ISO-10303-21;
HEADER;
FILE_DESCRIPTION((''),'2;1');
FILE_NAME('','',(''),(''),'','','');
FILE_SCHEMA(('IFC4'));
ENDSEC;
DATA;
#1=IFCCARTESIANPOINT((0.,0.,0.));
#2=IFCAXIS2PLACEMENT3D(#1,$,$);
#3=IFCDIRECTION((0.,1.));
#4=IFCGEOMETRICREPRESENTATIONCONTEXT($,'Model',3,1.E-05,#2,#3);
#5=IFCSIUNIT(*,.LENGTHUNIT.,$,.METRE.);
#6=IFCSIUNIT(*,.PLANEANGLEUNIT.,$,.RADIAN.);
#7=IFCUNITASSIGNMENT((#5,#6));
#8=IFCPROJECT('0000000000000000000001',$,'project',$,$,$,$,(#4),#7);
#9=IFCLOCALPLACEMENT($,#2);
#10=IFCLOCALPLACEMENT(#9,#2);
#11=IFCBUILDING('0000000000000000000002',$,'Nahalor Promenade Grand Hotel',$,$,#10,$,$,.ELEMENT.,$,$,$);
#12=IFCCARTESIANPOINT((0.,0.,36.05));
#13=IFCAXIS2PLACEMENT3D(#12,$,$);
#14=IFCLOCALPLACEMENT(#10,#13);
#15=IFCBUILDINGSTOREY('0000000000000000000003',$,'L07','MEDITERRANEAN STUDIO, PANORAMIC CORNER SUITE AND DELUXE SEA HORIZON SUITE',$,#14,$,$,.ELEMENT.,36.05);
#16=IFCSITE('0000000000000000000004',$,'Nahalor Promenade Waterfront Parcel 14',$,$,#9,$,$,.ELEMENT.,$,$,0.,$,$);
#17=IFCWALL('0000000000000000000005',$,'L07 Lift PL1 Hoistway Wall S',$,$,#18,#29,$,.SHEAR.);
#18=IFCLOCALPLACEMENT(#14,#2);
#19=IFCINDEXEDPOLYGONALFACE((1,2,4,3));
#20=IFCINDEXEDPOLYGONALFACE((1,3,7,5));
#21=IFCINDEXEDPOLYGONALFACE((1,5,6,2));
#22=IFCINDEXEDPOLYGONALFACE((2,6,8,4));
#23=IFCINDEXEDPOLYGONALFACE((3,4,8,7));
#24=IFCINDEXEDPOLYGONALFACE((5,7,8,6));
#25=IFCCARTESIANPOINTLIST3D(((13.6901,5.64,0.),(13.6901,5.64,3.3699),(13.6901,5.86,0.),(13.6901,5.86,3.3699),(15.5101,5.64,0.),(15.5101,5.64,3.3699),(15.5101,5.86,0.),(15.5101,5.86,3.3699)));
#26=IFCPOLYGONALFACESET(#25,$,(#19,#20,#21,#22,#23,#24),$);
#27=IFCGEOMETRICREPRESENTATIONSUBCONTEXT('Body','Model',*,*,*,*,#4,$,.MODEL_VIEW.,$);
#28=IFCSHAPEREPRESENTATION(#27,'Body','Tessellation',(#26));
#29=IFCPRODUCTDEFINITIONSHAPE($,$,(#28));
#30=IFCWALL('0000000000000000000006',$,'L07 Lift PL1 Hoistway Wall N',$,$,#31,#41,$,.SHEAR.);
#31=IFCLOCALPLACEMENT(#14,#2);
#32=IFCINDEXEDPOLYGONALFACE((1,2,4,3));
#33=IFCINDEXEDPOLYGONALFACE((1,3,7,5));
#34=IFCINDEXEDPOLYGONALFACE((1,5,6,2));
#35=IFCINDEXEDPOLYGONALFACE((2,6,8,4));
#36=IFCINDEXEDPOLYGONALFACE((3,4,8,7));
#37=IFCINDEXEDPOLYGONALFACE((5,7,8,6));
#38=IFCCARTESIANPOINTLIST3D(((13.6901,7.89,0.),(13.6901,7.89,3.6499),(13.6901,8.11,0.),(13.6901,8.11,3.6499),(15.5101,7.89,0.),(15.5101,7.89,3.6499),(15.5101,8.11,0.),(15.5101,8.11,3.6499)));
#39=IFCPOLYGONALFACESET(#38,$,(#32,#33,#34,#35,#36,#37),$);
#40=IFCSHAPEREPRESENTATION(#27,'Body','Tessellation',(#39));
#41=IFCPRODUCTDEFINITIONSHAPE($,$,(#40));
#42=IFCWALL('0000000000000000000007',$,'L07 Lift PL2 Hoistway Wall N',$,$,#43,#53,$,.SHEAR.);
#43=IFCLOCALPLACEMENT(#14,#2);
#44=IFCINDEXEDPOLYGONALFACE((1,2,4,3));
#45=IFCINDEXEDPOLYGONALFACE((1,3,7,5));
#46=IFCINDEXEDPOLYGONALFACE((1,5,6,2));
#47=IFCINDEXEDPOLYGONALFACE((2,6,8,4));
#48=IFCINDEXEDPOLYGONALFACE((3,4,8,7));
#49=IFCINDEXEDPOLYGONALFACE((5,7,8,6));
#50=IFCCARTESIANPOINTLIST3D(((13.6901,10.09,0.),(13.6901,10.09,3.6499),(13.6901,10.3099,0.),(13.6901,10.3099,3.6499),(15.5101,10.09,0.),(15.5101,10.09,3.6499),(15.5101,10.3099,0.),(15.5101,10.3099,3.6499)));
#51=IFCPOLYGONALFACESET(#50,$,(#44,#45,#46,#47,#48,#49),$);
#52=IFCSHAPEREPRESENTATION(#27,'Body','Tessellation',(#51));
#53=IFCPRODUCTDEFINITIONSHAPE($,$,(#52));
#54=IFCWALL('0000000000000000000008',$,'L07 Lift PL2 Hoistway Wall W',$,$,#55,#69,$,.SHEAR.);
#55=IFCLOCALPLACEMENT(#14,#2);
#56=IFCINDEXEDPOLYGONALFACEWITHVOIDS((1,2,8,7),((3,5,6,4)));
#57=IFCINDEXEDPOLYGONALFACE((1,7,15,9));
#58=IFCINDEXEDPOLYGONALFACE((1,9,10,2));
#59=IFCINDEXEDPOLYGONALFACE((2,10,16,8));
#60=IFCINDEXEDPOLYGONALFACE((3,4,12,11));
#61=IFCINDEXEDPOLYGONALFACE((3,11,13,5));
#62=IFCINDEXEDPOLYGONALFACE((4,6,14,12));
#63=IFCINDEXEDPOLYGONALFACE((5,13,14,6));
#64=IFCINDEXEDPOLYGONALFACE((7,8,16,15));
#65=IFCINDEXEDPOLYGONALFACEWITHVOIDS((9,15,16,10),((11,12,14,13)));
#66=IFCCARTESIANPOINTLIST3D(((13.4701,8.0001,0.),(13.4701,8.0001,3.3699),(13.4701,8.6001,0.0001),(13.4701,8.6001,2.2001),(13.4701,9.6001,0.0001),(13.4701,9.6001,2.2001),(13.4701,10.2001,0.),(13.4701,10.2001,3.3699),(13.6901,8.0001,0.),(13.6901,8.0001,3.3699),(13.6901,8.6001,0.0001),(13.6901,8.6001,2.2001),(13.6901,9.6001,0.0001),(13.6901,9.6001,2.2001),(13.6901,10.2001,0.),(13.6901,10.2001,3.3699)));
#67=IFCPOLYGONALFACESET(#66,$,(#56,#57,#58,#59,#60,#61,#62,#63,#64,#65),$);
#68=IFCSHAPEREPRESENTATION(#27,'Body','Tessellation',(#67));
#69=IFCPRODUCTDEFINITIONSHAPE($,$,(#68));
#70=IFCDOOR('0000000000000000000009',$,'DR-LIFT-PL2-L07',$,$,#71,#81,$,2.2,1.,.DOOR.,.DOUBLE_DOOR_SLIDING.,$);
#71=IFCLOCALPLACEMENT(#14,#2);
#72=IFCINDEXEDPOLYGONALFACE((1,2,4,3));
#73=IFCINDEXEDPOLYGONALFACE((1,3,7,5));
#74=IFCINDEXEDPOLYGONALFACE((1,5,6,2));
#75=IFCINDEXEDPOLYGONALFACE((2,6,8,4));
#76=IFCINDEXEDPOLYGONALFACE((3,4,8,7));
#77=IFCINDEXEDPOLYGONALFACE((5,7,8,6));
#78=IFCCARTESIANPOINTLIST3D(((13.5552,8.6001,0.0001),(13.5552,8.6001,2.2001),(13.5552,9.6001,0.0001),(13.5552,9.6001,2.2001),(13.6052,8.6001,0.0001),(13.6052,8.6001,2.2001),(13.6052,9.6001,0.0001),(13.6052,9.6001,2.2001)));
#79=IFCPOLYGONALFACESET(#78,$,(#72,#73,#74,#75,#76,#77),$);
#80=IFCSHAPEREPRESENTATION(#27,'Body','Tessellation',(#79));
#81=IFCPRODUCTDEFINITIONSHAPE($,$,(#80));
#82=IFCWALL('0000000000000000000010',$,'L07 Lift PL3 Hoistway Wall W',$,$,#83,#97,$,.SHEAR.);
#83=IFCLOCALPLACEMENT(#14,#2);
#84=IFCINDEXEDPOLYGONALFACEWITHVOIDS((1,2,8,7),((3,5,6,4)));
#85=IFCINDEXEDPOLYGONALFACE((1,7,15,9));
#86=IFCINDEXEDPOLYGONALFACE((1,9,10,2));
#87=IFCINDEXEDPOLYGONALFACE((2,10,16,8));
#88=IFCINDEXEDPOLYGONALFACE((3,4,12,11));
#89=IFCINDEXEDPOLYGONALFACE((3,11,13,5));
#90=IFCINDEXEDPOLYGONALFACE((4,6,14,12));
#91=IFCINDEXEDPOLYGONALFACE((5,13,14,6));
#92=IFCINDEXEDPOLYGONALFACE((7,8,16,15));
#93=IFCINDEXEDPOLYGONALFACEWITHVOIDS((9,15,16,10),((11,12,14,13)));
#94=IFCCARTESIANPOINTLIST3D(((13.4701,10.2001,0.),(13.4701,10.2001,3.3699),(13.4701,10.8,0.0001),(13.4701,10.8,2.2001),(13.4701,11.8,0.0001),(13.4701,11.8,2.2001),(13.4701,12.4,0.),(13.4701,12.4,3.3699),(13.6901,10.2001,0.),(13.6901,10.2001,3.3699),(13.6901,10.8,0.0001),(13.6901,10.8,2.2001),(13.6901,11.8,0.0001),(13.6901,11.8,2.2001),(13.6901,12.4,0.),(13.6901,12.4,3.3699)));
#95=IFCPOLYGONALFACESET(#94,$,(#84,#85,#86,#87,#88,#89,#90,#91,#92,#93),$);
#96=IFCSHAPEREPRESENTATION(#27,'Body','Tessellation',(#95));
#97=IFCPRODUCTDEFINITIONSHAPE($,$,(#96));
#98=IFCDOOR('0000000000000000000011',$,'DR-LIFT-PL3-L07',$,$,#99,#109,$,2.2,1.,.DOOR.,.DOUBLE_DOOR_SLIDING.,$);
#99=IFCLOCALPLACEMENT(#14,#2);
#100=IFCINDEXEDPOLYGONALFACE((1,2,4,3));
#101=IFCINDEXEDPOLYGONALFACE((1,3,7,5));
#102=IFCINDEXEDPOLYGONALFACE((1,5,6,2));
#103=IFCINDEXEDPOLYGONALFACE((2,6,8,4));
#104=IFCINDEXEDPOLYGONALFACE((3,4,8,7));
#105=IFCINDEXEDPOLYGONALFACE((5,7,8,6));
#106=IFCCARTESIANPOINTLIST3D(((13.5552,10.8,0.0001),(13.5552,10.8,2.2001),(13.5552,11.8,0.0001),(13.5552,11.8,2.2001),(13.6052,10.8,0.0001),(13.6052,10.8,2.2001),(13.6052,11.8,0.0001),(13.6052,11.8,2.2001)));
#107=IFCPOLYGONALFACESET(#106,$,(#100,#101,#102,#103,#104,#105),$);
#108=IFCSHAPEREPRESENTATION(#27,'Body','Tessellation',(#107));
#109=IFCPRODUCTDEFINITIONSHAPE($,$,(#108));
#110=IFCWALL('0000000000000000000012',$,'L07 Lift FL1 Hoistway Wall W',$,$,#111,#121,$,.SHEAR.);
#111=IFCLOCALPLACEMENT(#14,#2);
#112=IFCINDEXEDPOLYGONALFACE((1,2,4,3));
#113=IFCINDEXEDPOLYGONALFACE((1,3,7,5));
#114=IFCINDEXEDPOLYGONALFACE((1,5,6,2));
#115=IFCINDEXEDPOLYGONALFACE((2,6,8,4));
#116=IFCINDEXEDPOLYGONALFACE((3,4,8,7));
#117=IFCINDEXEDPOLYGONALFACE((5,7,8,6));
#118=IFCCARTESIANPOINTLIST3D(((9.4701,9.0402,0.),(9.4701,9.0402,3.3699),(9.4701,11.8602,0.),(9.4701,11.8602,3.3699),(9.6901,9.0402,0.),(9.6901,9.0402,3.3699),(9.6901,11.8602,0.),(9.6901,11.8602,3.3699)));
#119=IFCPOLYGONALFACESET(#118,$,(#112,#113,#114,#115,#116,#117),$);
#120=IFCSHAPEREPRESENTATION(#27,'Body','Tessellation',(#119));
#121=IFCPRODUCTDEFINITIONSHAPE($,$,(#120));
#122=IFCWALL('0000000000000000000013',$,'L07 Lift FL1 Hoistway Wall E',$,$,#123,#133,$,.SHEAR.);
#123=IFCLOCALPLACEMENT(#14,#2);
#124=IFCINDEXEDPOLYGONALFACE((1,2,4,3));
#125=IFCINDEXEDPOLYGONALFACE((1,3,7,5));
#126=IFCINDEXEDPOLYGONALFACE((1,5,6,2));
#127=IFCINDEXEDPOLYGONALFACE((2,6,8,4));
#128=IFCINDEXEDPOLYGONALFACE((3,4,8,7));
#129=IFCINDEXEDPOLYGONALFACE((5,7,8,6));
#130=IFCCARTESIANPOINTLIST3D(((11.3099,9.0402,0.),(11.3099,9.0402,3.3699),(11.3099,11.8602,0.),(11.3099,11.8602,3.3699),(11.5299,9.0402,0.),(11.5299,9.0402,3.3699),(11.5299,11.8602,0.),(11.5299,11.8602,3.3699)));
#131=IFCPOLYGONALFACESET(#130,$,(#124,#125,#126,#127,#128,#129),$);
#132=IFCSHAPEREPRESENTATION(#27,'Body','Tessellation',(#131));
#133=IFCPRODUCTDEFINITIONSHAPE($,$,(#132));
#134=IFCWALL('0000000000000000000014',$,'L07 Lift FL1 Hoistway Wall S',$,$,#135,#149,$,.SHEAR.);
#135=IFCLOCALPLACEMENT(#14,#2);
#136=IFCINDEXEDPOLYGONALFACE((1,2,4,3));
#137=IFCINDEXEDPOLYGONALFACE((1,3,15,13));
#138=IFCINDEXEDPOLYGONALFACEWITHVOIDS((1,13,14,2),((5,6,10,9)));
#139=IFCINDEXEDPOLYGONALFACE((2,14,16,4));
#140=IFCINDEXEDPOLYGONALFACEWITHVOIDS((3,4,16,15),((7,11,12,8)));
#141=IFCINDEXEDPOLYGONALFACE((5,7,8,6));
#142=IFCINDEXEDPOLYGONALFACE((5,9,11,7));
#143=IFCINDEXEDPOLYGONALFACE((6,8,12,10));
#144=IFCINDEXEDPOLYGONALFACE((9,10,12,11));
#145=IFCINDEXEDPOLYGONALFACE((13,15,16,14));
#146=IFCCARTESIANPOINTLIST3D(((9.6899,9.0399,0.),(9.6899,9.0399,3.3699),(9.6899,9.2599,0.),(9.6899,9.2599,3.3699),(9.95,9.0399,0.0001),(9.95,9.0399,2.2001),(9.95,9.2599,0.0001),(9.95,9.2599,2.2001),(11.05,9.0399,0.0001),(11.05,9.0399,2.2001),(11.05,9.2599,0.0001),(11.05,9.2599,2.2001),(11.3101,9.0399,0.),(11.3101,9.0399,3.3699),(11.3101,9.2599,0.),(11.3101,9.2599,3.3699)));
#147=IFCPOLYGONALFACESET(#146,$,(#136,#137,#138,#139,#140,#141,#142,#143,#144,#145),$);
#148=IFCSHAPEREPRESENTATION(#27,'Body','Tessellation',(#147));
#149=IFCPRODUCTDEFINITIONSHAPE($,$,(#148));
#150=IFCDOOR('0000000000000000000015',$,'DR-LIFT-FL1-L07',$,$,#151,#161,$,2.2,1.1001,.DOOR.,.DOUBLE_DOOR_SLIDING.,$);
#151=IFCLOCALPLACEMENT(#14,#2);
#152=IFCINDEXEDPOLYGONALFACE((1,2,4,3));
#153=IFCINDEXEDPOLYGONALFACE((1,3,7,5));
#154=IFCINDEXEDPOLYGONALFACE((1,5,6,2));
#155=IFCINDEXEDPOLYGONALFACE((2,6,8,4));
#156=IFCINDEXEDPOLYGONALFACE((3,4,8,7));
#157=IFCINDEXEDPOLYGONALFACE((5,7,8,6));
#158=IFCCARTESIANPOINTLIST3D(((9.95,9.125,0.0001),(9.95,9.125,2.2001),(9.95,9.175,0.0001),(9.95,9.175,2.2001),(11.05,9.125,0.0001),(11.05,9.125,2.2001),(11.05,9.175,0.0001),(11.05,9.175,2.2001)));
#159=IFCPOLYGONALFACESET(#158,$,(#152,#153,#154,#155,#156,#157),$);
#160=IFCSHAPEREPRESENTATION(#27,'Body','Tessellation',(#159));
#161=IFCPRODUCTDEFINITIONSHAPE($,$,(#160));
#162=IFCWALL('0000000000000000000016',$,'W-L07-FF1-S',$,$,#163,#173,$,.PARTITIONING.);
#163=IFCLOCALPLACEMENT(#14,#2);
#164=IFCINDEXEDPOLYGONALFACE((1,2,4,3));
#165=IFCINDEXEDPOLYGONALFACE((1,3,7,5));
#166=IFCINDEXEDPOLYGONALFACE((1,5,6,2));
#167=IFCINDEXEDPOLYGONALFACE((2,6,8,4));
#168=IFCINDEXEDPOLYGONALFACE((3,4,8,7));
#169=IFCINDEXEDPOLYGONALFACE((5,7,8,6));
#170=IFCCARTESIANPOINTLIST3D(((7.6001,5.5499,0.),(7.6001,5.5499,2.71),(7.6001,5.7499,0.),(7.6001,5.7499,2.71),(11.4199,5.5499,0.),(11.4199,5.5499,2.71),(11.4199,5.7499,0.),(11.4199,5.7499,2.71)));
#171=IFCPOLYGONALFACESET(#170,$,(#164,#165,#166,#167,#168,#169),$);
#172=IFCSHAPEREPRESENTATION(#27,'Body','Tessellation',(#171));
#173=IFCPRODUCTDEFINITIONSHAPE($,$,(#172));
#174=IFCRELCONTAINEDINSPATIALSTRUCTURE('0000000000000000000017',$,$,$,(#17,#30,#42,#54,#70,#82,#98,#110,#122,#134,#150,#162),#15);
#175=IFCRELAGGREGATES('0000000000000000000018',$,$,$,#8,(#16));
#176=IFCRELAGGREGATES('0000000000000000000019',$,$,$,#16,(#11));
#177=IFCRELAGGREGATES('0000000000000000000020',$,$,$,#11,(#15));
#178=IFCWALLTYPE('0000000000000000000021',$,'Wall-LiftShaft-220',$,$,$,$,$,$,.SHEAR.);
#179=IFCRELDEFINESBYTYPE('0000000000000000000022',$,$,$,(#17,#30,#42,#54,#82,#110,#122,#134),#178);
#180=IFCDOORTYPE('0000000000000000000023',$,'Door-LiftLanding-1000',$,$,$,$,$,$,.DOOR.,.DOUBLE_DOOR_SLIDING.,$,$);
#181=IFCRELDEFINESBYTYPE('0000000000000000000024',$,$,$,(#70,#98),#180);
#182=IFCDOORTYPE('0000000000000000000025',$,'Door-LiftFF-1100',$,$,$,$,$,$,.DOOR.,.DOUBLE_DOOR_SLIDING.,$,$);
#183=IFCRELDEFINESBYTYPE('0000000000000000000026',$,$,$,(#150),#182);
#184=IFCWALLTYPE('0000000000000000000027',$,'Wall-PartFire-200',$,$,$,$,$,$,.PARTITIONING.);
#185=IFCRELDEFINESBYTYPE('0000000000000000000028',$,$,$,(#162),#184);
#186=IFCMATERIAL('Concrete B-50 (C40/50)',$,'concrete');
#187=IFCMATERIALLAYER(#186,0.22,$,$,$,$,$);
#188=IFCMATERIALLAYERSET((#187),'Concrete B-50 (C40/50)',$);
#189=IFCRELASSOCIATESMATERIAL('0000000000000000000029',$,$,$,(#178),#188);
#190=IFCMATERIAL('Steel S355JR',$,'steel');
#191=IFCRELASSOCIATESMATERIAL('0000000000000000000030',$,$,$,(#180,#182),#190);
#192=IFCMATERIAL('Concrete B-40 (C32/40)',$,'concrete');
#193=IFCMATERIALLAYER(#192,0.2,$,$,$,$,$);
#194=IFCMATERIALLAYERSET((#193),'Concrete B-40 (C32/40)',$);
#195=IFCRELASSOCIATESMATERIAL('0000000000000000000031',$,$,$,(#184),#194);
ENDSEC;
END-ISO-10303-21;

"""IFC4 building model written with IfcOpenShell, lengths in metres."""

from ifc_helpers import new_model, si_unit, direction, frame, frame_2d, origin, place, context, subcontext, project, spatial, rectangle, extrude, source, transform, mapped, material, layer, layer_set, type_object, element, fill, save


model = new_model("IFC4")

# Units and contexts
model_context = context("Model", 3, precision=1e-05, world=origin(), true_north=direction((0.0, 1.0)))
body_context = subcontext(model_context, "Body", "Model", "MODEL_VIEW")
ifc_project = project(units=[si_unit("LENGTHUNIT", "METRE"), si_unit("PLANEANGLEUNIT", "RADIAN")], contexts=[model_context])

# Site, building, storey
site_placement = place(None, origin())
site = spatial("IfcSite", under=ifc_project, at=site_placement, Name="Nahalor Promenade Waterfront Parcel 14", CompositionType="ELEMENT", RefElevation=0.0)
building_placement = place(site_placement, origin())
building = spatial("IfcBuilding", under=site, at=building_placement, Name="Nahalor Promenade Grand Hotel", CompositionType="ELEMENT")
storey_placement = place(building_placement, frame((0.0, 0.0, 36.05)))
storey = spatial("IfcBuildingStorey", under=building, at=storey_placement, Name="L07", Description="MEDITERRANEAN STUDIO, PANORAMIC CORNER SUITE AND DELUXE SEA HORIZON SUITE", CompositionType="ELEMENT", Elevation=36.05)

# Shared definitions
ifc_material_1 = material(Name="Steel S355JR", Category="steel")

# Shared definitions
ifc_material_2 = material(Name="Concrete B-50 (C40/50)", Category="concrete")

# Shared definitions
ifc_layer_1 = layer(ifc_material_2, 0.22)
ifc_layer_set_1 = layer_set([ifc_layer_1], Name="Concrete B-50 (C40/50)")
wall_type_1 = type_object("IfcWallType", Name="Wall-LiftShaft-220", PredefinedType="SHEAR", material=ifc_layer_set_1)
door_type_1 = type_object("IfcDoorType", Name="Door-LiftLanding-1000", OperationType="DOUBLE_DOOR_SLIDING", PredefinedType="DOOR", material=ifc_material_1)
shared_shape_1 = source(origin(), body_context, "Body", "SweptSolid", [
    extrude(rectangle(XDim=1.0, YDim=2.2, at=frame_2d((0.5, 1.1001))), frame((0.0, 0.0249, 0.0), z_axis=(0.0, -1.0, 0.0), x_axis=(1.0, 0.0, 0.0)), (0.0, 0.0, 1.0), 0.05),
])

# Walls
shared_shape_2 = source(origin(), body_context, "Body", "SweptSolid", [
    extrude(rectangle(XDim=1.8201, YDim=0.22, at=frame_2d((0.9102, 0.0))), origin(), (0.0, 0.0, 1.0), 3.3699),
])
wall_1_placement = place(storey_placement, frame((13.6899, 5.75, 0.0), z_axis=(0.0, 0.0, 1.0), x_axis=(1.0, 0.0, 0.0)))
element("IfcWall", 1, at=wall_1_placement, inside=storey, type_object=wall_type_1, Name="L07 Lift PL1 Hoistway Wall S", PredefinedType="SHEAR", context=body_context, shape_type="MappedRepresentation", body=[
    mapped(shared_shape_2, transform((0.0, 0.0, 0.0), scale=1.0)),
])
shared_shape_3 = source(origin(), body_context, "Body", "SweptSolid", [
    extrude(rectangle(XDim=1.8201, YDim=0.22, at=frame_2d((0.9102, 0.0))), origin(), (0.0, 0.0, 1.0), 3.6499),
])
for number, where, z_axis, x_axis, name in (
    (2, (13.6899, 8.0, 0.0), (0.0, 0.0, 1.0), (1.0, 0.0, 0.0), "L07 Lift PL1 Hoistway Wall N"),
    (3, (13.6899, 10.2, 0.0), (0.0, 0.0, 1.0), (1.0, 0.0, 0.0), "L07 Lift PL2 Hoistway Wall N"),
):
    element("IfcWall", number, at=place(storey_placement, frame(where, z_axis=z_axis, x_axis=x_axis)), inside=storey, type_object=wall_type_1, Name=name, PredefinedType="SHEAR", context=body_context, shape_type="MappedRepresentation", body=[
        mapped(shared_shape_3, transform((0.0, 0.0, 0.0), scale=1.0)),
    ])

# Walls, openings, doors
shared_shape_4 = source(origin(), body_context, "Body", "SweptSolid", [
    extrude(rectangle(XDim=2.2, YDim=0.22, at=frame_2d((1.1001, 0.0))), origin(), (0.0, 0.0, 1.0), 3.3699),
])
wall_2_placement = place(storey_placement, frame((13.5801, 8.0, 0.0), z_axis=(0.0, 0.0, 1.0), x_axis=(0.0, 1.0, 0.0)))
wall_2 = element("IfcWall", 4, at=wall_2_placement, inside=storey, type_object=wall_type_1, Name="L07 Lift PL2 Hoistway Wall W", PredefinedType="SHEAR", context=body_context, shape_type="MappedRepresentation", body=[
    mapped(shared_shape_4, transform((0.0, 0.0, 0.0), scale=1.0)),
])
opening_1_placement = place(wall_2_placement, frame((0.6001, 0.0, 0.0)))
opening_1 = element("IfcOpeningElement", 5, at=opening_1_placement, cuts=wall_2, PredefinedType="OPENING", context=body_context, shape_type="SweptSolid", body=[
    extrude(rectangle(XDim=1.0, YDim=2.2, at=frame_2d((0.5, 1.1001))), frame((0.0, 0.1199, 0.0), z_axis=(0.0, -1.0, 0.0), x_axis=(1.0, 0.0, 0.0)), (0.0, 0.0, 1.0), 0.24),
])
door_1_placement = place(opening_1_placement, origin())
door_1 = element("IfcDoor", 6, at=door_1_placement, inside=storey, type_object=door_type_1, Name="DR-LIFT-PL2-L07", OperationType="DOUBLE_DOOR_SLIDING", OverallHeight=2.2, OverallWidth=1.0, PredefinedType="DOOR", context=body_context, shape_type="MappedRepresentation", body=[
    mapped(shared_shape_1, transform((0.0, 0.0, 0.0), scale=1.0)),
])
fill(opening_1, door_1)
wall_3_placement = place(storey_placement, frame((13.5801, 10.2, 0.0), z_axis=(0.0, 0.0, 1.0), x_axis=(0.0, 1.0, 0.0)))
wall_3 = element("IfcWall", 7, at=wall_3_placement, inside=storey, type_object=wall_type_1, Name="L07 Lift PL3 Hoistway Wall W", PredefinedType="SHEAR", context=body_context, shape_type="MappedRepresentation", body=[
    mapped(shared_shape_4, transform((0.0, 0.0, 0.0), scale=1.0)),
])
opening_2_placement = place(wall_3_placement, frame((0.6001, 0.0, 0.0)))
opening_2 = element("IfcOpeningElement", 8, at=opening_2_placement, cuts=wall_3, PredefinedType="OPENING", context=body_context, shape_type="SweptSolid", body=[
    extrude(rectangle(XDim=1.0, YDim=2.2, at=frame_2d((0.5, 1.1001))), frame((0.0, 0.1199, 0.0), z_axis=(0.0, -1.0, 0.0), x_axis=(1.0, 0.0, 0.0)), (0.0, 0.0, 1.0), 0.24),
])
door_2_placement = place(opening_2_placement, origin())
door_2 = element("IfcDoor", 9, at=door_2_placement, inside=storey, type_object=door_type_1, Name="DR-LIFT-PL3-L07", OperationType="DOUBLE_DOOR_SLIDING", OverallHeight=2.2, OverallWidth=1.0, PredefinedType="DOOR", context=body_context, shape_type="MappedRepresentation", body=[
    mapped(shared_shape_1, transform((0.0, 0.0, 0.0), scale=1.0)),
])
fill(opening_2, door_2)

# Walls
shared_shape_5 = source(origin(), body_context, "Body", "SweptSolid", [
    extrude(rectangle(XDim=2.8201, YDim=0.22, at=frame_2d((1.4102, 0.0))), origin(), (0.0, 0.0, 1.0), 3.3699),
])
for number, where, z_axis, x_axis, name in (
    (10, (9.5801, 9.04, 0.0), (0.0, 0.0, 1.0), (0.0, 1.0, 0.0), "L07 Lift FL1 Hoistway Wall W"),
    (11, (11.4199, 9.04, 0.0), (0.0, 0.0, 1.0), (0.0, 1.0, 0.0), "L07 Lift FL1 Hoistway Wall E"),
):
    element("IfcWall", number, at=place(storey_placement, frame(where, z_axis=z_axis, x_axis=x_axis)), inside=storey, type_object=wall_type_1, Name=name, PredefinedType="SHEAR", context=body_context, shape_type="MappedRepresentation", body=[
        mapped(shared_shape_5, transform((0.0, 0.0, 0.0), scale=1.0)),
    ])

# Wall, opening, door
shared_shape_6 = source(origin(), body_context, "Body", "SweptSolid", [
    extrude(rectangle(XDim=1.6201, YDim=0.22, at=frame_2d((0.8101, 0.0))), origin(), (0.0, 0.0, 1.0), 3.3699),
])
wall_4_placement = place(storey_placement, frame((9.6899, 9.1499, 0.0), z_axis=(0.0, 0.0, 1.0), x_axis=(1.0, 0.0, 0.0)))
wall_4 = element("IfcWall", 12, at=wall_4_placement, inside=storey, type_object=wall_type_1, Name="L07 Lift FL1 Hoistway Wall S", PredefinedType="SHEAR", context=body_context, shape_type="MappedRepresentation", body=[
    mapped(shared_shape_6, transform((0.0, 0.0, 0.0), scale=1.0)),
])
opening_3_placement = place(wall_4_placement, frame((0.26, 0.0, 0.0)))
opening_3 = element("IfcOpeningElement", 13, at=opening_3_placement, cuts=wall_4, PredefinedType="OPENING", context=body_context, shape_type="SweptSolid", body=[
    extrude(rectangle(XDim=1.1001, YDim=2.2, at=frame_2d((0.55, 1.1001))), frame((0.0, 0.1199, 0.0), z_axis=(0.0, -1.0, 0.0), x_axis=(1.0, 0.0, 0.0)), (0.0, 0.0, 1.0), 0.24),
])
door_type_2 = type_object("IfcDoorType", Name="Door-LiftFF-1100", OperationType="DOUBLE_DOOR_SLIDING", PredefinedType="DOOR", material=ifc_material_1)
shared_shape_7 = source(origin(), body_context, "Body", "SweptSolid", [
    extrude(rectangle(XDim=1.1001, YDim=2.2, at=frame_2d((0.55, 1.1001))), frame((0.0, 0.0249, 0.0), z_axis=(0.0, -1.0, 0.0), x_axis=(1.0, 0.0, 0.0)), (0.0, 0.0, 1.0), 0.05),
])
door_3_placement = place(opening_3_placement, frame((1.1001, 0.0, 0.0), z_axis=(0.0, 0.0, 1.0), x_axis=(-1.0, 0.0, 0.0)))
door_3 = element("IfcDoor", 14, at=door_3_placement, inside=storey, type_object=door_type_2, Name="DR-LIFT-FL1-L07", OperationType="DOUBLE_DOOR_SLIDING", OverallHeight=2.2, OverallWidth=1.1001, PredefinedType="DOOR", context=body_context, shape_type="MappedRepresentation", body=[
    mapped(shared_shape_7, transform((0.0, 0.0, 0.0), scale=1.0)),
])
fill(opening_3, door_3)

# Wall
ifc_material_3 = material(Name="Concrete B-40 (C32/40)", Category="concrete")
ifc_layer_2 = layer(ifc_material_3, 0.2)
ifc_layer_set_2 = layer_set([ifc_layer_2], Name="Concrete B-40 (C32/40)")
wall_type_2 = type_object("IfcWallType", Name="Wall-PartFire-200", PredefinedType="PARTITIONING", material=ifc_layer_set_2)
shared_shape_8 = source(origin(), body_context, "Body", "SweptSolid", [
    extrude(rectangle(XDim=3.8198, YDim=0.2, at=frame_2d((1.9099, 0.0))), origin(), (0.0, 0.0, 1.0), 2.71),
])
wall_5_placement = place(storey_placement, frame((7.6001, 5.6499, 0.0), z_axis=(0.0, 0.0, 1.0), x_axis=(1.0, 0.0, 0.0)))
element("IfcWall", 15, at=wall_5_placement, inside=storey, type_object=wall_type_2, Name="W-L07-FF1-S", PredefinedType="PARTITIONING", context=body_context, shape_type="MappedRepresentation", body=[
    mapped(shared_shape_8, transform((0.0, 0.0, 0.0), scale=1.0)),
])

save(model, "model.ifc")
